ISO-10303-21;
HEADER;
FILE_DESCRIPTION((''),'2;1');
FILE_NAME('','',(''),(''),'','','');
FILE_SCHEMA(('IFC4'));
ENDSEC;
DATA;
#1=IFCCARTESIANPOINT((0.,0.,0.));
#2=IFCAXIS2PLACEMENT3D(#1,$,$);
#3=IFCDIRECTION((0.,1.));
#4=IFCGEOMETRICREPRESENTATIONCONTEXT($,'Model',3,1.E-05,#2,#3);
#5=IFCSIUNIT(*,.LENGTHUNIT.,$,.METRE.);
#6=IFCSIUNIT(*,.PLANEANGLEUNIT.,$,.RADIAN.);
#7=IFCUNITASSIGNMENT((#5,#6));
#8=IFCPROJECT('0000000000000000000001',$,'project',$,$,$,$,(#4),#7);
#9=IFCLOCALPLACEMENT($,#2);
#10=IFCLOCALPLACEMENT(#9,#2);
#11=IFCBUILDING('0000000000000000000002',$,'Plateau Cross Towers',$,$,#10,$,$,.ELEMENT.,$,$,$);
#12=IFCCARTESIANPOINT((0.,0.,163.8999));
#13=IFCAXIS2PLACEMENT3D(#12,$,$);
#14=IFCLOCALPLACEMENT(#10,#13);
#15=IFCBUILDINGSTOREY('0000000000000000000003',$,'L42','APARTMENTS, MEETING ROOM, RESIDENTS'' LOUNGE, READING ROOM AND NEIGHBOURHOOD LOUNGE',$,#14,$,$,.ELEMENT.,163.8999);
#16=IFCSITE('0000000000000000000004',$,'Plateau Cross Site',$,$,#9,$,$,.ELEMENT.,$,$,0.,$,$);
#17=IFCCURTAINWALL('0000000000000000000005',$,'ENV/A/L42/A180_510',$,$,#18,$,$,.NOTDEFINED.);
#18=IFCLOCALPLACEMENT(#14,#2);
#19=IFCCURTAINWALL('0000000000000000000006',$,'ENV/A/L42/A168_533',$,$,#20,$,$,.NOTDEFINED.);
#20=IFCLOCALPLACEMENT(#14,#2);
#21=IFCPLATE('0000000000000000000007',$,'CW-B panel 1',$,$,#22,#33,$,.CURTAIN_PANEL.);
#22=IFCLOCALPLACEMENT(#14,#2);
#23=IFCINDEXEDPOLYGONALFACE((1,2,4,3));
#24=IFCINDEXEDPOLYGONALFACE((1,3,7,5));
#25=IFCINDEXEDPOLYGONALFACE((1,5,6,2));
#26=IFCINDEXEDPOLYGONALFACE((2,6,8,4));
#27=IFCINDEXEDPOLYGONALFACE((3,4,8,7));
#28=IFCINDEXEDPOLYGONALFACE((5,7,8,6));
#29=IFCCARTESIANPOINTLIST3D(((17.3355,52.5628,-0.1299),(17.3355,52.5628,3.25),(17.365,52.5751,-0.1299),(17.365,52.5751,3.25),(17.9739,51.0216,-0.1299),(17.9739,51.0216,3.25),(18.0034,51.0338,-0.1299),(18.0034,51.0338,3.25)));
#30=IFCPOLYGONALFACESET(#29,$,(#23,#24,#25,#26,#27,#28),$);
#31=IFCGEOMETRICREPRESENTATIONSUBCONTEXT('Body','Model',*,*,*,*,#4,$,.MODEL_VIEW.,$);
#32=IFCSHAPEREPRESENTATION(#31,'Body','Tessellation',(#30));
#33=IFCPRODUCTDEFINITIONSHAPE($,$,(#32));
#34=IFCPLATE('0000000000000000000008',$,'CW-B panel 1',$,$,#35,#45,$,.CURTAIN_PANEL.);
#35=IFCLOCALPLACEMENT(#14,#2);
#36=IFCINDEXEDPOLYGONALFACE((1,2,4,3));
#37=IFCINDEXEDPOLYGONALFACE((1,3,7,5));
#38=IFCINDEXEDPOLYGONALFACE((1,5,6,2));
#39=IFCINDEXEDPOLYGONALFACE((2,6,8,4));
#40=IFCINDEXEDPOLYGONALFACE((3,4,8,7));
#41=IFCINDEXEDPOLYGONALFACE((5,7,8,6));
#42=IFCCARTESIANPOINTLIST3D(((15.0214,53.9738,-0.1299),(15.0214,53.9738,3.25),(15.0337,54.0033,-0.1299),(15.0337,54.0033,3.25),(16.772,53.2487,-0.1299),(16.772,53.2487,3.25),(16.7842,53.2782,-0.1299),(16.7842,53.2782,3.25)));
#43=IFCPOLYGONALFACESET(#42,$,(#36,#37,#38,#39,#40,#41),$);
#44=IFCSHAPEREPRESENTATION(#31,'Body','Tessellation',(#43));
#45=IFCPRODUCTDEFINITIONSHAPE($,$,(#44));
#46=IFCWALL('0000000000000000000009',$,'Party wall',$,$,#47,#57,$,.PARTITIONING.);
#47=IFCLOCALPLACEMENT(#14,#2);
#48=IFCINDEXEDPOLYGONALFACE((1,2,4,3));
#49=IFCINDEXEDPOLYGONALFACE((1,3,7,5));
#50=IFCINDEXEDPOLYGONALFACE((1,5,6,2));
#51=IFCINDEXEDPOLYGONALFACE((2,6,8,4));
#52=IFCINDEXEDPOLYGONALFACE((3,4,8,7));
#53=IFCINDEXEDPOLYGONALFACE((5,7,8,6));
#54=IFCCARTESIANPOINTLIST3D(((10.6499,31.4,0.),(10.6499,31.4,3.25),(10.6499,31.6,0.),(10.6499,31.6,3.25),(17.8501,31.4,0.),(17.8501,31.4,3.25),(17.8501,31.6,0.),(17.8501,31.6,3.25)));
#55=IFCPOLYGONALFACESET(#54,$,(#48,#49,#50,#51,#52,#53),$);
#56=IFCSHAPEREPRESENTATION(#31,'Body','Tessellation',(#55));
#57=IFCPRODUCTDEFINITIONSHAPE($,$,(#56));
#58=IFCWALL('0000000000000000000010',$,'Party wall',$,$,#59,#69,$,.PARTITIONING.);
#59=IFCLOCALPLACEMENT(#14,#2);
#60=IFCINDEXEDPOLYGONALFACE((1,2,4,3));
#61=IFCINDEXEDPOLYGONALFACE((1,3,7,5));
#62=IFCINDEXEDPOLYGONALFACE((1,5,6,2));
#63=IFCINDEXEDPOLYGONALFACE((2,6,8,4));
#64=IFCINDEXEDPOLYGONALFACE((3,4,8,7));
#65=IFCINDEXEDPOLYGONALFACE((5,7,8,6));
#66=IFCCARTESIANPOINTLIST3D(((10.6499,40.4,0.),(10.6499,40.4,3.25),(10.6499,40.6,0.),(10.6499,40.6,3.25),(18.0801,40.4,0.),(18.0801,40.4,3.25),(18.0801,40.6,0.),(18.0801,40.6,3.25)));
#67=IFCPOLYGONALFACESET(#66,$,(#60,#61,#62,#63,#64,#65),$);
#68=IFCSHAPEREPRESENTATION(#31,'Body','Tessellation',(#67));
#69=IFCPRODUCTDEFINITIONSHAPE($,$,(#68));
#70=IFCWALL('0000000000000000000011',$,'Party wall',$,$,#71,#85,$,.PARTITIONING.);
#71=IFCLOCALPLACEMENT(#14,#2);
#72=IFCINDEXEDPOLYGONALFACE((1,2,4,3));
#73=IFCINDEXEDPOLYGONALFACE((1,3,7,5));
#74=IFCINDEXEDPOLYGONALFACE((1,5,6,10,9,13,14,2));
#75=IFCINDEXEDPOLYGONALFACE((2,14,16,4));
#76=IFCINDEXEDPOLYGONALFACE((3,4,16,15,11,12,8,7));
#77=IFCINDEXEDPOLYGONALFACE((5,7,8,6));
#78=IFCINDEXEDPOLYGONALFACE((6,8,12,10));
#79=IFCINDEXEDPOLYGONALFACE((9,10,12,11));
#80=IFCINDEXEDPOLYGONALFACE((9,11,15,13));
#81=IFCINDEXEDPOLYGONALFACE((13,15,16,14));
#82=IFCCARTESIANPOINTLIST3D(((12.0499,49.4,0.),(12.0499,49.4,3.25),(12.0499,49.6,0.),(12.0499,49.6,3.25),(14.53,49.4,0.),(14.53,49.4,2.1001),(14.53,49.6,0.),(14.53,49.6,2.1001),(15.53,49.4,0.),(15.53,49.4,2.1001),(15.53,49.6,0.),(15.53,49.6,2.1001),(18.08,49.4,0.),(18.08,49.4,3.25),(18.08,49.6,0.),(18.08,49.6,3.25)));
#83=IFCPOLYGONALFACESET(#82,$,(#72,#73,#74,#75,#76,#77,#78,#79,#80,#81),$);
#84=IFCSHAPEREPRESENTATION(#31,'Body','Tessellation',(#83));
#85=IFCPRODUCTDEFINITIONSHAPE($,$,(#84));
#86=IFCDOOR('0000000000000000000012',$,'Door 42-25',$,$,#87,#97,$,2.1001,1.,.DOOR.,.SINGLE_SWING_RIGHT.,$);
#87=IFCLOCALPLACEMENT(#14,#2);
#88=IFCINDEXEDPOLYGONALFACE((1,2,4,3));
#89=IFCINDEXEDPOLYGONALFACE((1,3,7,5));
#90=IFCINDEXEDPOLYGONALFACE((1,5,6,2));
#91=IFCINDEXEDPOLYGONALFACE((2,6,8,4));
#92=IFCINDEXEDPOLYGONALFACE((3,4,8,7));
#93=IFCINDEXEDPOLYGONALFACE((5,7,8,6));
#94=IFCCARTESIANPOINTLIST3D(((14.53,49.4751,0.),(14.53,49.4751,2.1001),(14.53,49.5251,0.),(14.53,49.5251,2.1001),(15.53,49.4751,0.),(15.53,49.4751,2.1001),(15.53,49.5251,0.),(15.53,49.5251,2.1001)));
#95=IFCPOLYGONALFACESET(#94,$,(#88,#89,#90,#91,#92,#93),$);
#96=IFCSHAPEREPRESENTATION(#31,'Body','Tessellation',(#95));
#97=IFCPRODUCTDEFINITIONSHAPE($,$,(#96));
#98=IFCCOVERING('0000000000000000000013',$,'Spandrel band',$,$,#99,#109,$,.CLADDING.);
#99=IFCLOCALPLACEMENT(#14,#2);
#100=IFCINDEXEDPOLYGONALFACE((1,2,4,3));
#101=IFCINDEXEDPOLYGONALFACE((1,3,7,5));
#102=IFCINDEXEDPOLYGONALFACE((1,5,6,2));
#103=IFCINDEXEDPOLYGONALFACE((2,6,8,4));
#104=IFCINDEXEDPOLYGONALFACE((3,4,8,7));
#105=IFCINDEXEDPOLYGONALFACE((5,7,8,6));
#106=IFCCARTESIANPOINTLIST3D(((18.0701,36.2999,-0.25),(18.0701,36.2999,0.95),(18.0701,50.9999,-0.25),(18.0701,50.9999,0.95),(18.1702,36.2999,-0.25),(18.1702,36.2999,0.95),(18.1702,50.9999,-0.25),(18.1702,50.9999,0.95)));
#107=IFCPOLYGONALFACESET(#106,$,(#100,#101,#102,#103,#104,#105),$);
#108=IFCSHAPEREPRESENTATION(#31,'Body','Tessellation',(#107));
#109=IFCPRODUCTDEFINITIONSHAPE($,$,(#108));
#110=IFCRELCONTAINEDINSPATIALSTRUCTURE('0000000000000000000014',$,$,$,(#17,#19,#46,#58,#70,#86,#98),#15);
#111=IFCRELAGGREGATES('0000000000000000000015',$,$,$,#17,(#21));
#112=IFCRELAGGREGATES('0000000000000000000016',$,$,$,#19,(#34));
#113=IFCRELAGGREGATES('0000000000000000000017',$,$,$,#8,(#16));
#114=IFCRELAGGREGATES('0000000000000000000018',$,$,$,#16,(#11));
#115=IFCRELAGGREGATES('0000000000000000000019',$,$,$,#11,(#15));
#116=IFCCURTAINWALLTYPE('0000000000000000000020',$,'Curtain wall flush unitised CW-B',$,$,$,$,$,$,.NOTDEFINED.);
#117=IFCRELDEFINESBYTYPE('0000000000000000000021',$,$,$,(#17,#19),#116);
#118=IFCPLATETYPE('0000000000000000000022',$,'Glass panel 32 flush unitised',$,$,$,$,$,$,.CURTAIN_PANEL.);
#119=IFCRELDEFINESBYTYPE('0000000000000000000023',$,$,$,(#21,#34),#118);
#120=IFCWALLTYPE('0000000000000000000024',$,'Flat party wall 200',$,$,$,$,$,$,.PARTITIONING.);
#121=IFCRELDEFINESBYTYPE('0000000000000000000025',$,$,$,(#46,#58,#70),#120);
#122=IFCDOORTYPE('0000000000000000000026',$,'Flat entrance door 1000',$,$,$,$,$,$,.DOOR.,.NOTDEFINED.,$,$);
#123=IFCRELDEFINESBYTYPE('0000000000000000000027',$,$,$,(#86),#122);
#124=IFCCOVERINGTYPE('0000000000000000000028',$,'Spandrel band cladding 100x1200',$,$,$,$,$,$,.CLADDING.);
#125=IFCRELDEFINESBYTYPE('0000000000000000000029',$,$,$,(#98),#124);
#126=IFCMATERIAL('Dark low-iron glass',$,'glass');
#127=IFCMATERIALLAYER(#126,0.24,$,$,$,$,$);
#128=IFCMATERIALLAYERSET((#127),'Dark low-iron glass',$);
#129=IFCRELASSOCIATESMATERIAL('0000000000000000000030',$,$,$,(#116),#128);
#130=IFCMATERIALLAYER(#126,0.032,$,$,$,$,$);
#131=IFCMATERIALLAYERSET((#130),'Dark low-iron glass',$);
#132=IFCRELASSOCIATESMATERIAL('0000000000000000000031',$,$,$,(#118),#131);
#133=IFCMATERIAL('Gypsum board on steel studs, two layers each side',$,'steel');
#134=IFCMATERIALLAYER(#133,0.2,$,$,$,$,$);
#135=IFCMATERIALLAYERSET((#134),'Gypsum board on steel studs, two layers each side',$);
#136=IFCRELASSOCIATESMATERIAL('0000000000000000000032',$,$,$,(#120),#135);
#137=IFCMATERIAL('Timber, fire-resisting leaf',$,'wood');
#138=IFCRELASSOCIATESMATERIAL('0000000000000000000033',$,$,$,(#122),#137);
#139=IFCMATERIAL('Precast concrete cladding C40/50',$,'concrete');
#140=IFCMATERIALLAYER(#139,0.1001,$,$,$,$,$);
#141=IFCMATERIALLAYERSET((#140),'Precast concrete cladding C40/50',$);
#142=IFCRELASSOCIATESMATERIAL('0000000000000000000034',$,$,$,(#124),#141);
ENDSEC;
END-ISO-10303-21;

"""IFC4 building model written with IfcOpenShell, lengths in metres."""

from ifc_helpers import new_model, si_unit, direction, frame, frame_2d, origin, origin_2d, place, context, subcontext, project, spatial, rectangle, extrude, material, layer, layer_set, type_object, element, fill, aggregate, save


model = new_model("IFC4")

# Units and contexts
model_context = context("Model", 3, precision=1e-05, world=origin(), true_north=direction((0.0, 1.0)))
body_context = subcontext(model_context, "Body", "Model", "MODEL_VIEW")
ifc_project = project(units=[si_unit("LENGTHUNIT", "METRE"), si_unit("PLANEANGLEUNIT", "RADIAN")], contexts=[model_context])

# Site, building, storey
site_placement = place(None, origin())
site = spatial("IfcSite", under=ifc_project, at=site_placement, Name="Plateau Cross Site", CompositionType="ELEMENT", RefElevation=0.0)
building_placement = place(site_placement, origin())
building = spatial("IfcBuilding", under=site, at=building_placement, Name="Plateau Cross Towers", CompositionType="ELEMENT")
storey_placement = place(building_placement, frame((0.0, 0.0, 163.8999)))
storey = spatial("IfcBuildingStorey", under=building, at=storey_placement, Name="L42", Description="APARTMENTS, MEETING ROOM, RESIDENTS' LOUNGE, READING ROOM AND NEIGHBOURHOOD LOUNGE", CompositionType="ELEMENT", Elevation=163.8999)

# Curtain wall
ifc_material_1 = material(Name="Dark low-iron glass", Category="glass")
ifc_layer_1 = layer(ifc_material_1, 0.24)
ifc_layer_set_1 = layer_set([ifc_layer_1], Name="Dark low-iron glass")
curtain_wall_type = type_object("IfcCurtainWallType", Name="Curtain wall flush unitised CW-B", PredefinedType="NOTDEFINED", material=ifc_layer_set_1)
curtain_wall_1_placement = place(storey_placement, origin())
curtain_wall_1 = element("IfcCurtainWall", 1, at=curtain_wall_1_placement, inside=storey, type_object=curtain_wall_type, Name="ENV/A/L42/A180_510", PredefinedType="NOTDEFINED")

# Curtain wall
curtain_wall_2_placement = place(storey_placement, origin())
curtain_wall_2 = element("IfcCurtainWall", 2, at=curtain_wall_2_placement, inside=storey, type_object=curtain_wall_type, Name="ENV/A/L42/A168_533", PredefinedType="NOTDEFINED")

# Plates
ifc_layer_2 = layer(ifc_material_1, 0.032)
ifc_layer_set_2 = layer_set([ifc_layer_2], Name="Dark low-iron glass")
plate_type = type_object("IfcPlateType", Name="Glass panel 32 flush unitised", PredefinedType="CURTAIN_PANEL", material=ifc_layer_set_2)
plate_1_placement = place(storey_placement, frame((17.6694, 51.7983, -0.1299), z_axis=(0.0, 0.0, 1.0), x_axis=(-0.382684, 0.923879, 0.0)))
plate_1 = element("IfcPlate", 3, at=plate_1_placement, type_object=plate_type, Name="CW-B panel 1", PredefinedType="CURTAIN_PANEL", context=body_context, shape_type="SweptSolid", body=[
    extrude(rectangle(XDim=1.6682, YDim=0.032, at=origin_2d()), origin(), (0.0, 0.0, 1.0), 3.3799),
])
aggregate(curtain_wall_1, [plate_1])
plate_2_placement = place(storey_placement, frame((15.9028, 53.626, -0.1299), z_axis=(0.0, 0.0, 1.0), x_axis=(-0.923879, 0.382684, 0.0)))
plate_2 = element("IfcPlate", 4, at=plate_2_placement, type_object=plate_type, Name="CW-B panel 1", PredefinedType="CURTAIN_PANEL", context=body_context, shape_type="SweptSolid", body=[
    extrude(rectangle(XDim=1.8948, YDim=0.032, at=origin_2d()), origin(), (0.0, 0.0, 1.0), 3.3799),
])
aggregate(curtain_wall_2, [plate_2])

# Walls
ifc_material_2 = material(Name="Gypsum board on steel studs, two layers each side", Category="steel")
ifc_layer_3 = layer(ifc_material_2, 0.2)
ifc_layer_set_3 = layer_set([ifc_layer_3], Name="Gypsum board on steel studs, two layers each side")
wall_type_1 = type_object("IfcWallType", Name="Flat party wall 200", PredefinedType="PARTITIONING", material=ifc_layer_set_3)
wall_1_placement = place(storey_placement, frame((17.8501, 31.5, 0.0), z_axis=(0.0, 0.0, 1.0), x_axis=(-1.0, 0.0, 0.0)))
element("IfcWall", 5, at=wall_1_placement, inside=storey, type_object=wall_type_1, Name="Party wall", PredefinedType="PARTITIONING", context=body_context, shape_type="SweptSolid", body=[
    extrude(rectangle(XDim=7.2002, YDim=0.2, at=frame_2d((3.6001, 0.0))), origin(), (0.0, 0.0, 1.0), 3.25),
])
wall_2_placement = place(storey_placement, frame((18.0801, 40.5, 0.0), z_axis=(0.0, 0.0, 1.0), x_axis=(-1.0, 0.0, 0.0)))
element("IfcWall", 6, at=wall_2_placement, inside=storey, type_object=wall_type_1, Name="Party wall", PredefinedType="PARTITIONING", context=body_context, shape_type="SweptSolid", body=[
    extrude(rectangle(XDim=7.4302, YDim=0.2, at=frame_2d((3.7151, 0.0))), origin(), (0.0, 0.0, 1.0), 3.25),
])

# Wall, opening, door
wall_3_placement = place(storey_placement, frame((18.0801, 49.5, 0.0), z_axis=(0.0, 0.0, 1.0), x_axis=(-1.0, 0.0, 0.0)))
wall_3 = element("IfcWall", 7, at=wall_3_placement, inside=storey, type_object=wall_type_1, Name="Party wall", PredefinedType="PARTITIONING", context=body_context, shape_type="SweptSolid", body=[
    extrude(rectangle(XDim=6.03, YDim=0.2, at=frame_2d((3.0151, 0.0))), origin(), (0.0, 0.0, 1.0), 3.25),
])
opening_1_placement = place(wall_3_placement, frame((2.55, 0.0, 0.0)))
opening_1 = element("IfcOpeningElement", 8, at=opening_1_placement, cuts=wall_3, PredefinedType="OPENING", context=body_context, shape_type="SweptSolid", body=[
    extrude(rectangle(XDim=1.0, YDim=2.1001, at=frame_2d((0.5, 1.05))), frame((0.0, 0.1099, 0.0), z_axis=(0.0, -1.0, 0.0), x_axis=(1.0, 0.0, 0.0)), (0.0, 0.0, 1.0), 0.22),
])
ifc_material_3 = material(Name="Timber, fire-resisting leaf", Category="wood")
door_type_1 = type_object("IfcDoorType", Name="Flat entrance door 1000", OperationType="NOTDEFINED", PredefinedType="DOOR", material=ifc_material_3)
door_1_placement = place(opening_1_placement, origin())
door_1 = element("IfcDoor", 9, at=door_1_placement, inside=storey, type_object=door_type_1, Name="Door 42-25", OperationType="SINGLE_SWING_RIGHT", OverallHeight=2.1001, OverallWidth=1.0, PredefinedType="DOOR", context=body_context, shape_type="SweptSolid", body=[
    extrude(rectangle(XDim=1.0, YDim=2.1001, at=frame_2d((0.5, 1.05))), frame((0.0, 0.0249, 0.0), z_axis=(0.0, -1.0, 0.0), x_axis=(1.0, 0.0, 0.0)), (0.0, 0.0, 1.0), 0.05),
])
fill(opening_1, door_1)

# Covering
ifc_material_4 = material(Name="Precast concrete cladding C40/50", Category="concrete")
ifc_layer_4 = layer(ifc_material_4, 0.1001)
ifc_layer_set_4 = layer_set([ifc_layer_4], Name="Precast concrete cladding C40/50")
covering_type = type_object("IfcCoveringType", Name="Spandrel band cladding 100x1200", PredefinedType="CLADDING", material=ifc_layer_set_4)
covering_placement = place(storey_placement, frame((18.1201, 43.6499, -0.25), z_axis=(0.0, 0.0, 1.0), x_axis=(0.0, 1.0, 0.0)))
element("IfcCovering", 10, at=covering_placement, inside=storey, type_object=covering_type, Name="Spandrel band", PredefinedType="CLADDING", context=body_context, shape_type="SweptSolid", body=[
    extrude(rectangle(XDim=14.7, YDim=0.1001, at=origin_2d()), origin(), (0.0, 0.0, 1.0), 1.2),
])

save(model, "model.ifc")
